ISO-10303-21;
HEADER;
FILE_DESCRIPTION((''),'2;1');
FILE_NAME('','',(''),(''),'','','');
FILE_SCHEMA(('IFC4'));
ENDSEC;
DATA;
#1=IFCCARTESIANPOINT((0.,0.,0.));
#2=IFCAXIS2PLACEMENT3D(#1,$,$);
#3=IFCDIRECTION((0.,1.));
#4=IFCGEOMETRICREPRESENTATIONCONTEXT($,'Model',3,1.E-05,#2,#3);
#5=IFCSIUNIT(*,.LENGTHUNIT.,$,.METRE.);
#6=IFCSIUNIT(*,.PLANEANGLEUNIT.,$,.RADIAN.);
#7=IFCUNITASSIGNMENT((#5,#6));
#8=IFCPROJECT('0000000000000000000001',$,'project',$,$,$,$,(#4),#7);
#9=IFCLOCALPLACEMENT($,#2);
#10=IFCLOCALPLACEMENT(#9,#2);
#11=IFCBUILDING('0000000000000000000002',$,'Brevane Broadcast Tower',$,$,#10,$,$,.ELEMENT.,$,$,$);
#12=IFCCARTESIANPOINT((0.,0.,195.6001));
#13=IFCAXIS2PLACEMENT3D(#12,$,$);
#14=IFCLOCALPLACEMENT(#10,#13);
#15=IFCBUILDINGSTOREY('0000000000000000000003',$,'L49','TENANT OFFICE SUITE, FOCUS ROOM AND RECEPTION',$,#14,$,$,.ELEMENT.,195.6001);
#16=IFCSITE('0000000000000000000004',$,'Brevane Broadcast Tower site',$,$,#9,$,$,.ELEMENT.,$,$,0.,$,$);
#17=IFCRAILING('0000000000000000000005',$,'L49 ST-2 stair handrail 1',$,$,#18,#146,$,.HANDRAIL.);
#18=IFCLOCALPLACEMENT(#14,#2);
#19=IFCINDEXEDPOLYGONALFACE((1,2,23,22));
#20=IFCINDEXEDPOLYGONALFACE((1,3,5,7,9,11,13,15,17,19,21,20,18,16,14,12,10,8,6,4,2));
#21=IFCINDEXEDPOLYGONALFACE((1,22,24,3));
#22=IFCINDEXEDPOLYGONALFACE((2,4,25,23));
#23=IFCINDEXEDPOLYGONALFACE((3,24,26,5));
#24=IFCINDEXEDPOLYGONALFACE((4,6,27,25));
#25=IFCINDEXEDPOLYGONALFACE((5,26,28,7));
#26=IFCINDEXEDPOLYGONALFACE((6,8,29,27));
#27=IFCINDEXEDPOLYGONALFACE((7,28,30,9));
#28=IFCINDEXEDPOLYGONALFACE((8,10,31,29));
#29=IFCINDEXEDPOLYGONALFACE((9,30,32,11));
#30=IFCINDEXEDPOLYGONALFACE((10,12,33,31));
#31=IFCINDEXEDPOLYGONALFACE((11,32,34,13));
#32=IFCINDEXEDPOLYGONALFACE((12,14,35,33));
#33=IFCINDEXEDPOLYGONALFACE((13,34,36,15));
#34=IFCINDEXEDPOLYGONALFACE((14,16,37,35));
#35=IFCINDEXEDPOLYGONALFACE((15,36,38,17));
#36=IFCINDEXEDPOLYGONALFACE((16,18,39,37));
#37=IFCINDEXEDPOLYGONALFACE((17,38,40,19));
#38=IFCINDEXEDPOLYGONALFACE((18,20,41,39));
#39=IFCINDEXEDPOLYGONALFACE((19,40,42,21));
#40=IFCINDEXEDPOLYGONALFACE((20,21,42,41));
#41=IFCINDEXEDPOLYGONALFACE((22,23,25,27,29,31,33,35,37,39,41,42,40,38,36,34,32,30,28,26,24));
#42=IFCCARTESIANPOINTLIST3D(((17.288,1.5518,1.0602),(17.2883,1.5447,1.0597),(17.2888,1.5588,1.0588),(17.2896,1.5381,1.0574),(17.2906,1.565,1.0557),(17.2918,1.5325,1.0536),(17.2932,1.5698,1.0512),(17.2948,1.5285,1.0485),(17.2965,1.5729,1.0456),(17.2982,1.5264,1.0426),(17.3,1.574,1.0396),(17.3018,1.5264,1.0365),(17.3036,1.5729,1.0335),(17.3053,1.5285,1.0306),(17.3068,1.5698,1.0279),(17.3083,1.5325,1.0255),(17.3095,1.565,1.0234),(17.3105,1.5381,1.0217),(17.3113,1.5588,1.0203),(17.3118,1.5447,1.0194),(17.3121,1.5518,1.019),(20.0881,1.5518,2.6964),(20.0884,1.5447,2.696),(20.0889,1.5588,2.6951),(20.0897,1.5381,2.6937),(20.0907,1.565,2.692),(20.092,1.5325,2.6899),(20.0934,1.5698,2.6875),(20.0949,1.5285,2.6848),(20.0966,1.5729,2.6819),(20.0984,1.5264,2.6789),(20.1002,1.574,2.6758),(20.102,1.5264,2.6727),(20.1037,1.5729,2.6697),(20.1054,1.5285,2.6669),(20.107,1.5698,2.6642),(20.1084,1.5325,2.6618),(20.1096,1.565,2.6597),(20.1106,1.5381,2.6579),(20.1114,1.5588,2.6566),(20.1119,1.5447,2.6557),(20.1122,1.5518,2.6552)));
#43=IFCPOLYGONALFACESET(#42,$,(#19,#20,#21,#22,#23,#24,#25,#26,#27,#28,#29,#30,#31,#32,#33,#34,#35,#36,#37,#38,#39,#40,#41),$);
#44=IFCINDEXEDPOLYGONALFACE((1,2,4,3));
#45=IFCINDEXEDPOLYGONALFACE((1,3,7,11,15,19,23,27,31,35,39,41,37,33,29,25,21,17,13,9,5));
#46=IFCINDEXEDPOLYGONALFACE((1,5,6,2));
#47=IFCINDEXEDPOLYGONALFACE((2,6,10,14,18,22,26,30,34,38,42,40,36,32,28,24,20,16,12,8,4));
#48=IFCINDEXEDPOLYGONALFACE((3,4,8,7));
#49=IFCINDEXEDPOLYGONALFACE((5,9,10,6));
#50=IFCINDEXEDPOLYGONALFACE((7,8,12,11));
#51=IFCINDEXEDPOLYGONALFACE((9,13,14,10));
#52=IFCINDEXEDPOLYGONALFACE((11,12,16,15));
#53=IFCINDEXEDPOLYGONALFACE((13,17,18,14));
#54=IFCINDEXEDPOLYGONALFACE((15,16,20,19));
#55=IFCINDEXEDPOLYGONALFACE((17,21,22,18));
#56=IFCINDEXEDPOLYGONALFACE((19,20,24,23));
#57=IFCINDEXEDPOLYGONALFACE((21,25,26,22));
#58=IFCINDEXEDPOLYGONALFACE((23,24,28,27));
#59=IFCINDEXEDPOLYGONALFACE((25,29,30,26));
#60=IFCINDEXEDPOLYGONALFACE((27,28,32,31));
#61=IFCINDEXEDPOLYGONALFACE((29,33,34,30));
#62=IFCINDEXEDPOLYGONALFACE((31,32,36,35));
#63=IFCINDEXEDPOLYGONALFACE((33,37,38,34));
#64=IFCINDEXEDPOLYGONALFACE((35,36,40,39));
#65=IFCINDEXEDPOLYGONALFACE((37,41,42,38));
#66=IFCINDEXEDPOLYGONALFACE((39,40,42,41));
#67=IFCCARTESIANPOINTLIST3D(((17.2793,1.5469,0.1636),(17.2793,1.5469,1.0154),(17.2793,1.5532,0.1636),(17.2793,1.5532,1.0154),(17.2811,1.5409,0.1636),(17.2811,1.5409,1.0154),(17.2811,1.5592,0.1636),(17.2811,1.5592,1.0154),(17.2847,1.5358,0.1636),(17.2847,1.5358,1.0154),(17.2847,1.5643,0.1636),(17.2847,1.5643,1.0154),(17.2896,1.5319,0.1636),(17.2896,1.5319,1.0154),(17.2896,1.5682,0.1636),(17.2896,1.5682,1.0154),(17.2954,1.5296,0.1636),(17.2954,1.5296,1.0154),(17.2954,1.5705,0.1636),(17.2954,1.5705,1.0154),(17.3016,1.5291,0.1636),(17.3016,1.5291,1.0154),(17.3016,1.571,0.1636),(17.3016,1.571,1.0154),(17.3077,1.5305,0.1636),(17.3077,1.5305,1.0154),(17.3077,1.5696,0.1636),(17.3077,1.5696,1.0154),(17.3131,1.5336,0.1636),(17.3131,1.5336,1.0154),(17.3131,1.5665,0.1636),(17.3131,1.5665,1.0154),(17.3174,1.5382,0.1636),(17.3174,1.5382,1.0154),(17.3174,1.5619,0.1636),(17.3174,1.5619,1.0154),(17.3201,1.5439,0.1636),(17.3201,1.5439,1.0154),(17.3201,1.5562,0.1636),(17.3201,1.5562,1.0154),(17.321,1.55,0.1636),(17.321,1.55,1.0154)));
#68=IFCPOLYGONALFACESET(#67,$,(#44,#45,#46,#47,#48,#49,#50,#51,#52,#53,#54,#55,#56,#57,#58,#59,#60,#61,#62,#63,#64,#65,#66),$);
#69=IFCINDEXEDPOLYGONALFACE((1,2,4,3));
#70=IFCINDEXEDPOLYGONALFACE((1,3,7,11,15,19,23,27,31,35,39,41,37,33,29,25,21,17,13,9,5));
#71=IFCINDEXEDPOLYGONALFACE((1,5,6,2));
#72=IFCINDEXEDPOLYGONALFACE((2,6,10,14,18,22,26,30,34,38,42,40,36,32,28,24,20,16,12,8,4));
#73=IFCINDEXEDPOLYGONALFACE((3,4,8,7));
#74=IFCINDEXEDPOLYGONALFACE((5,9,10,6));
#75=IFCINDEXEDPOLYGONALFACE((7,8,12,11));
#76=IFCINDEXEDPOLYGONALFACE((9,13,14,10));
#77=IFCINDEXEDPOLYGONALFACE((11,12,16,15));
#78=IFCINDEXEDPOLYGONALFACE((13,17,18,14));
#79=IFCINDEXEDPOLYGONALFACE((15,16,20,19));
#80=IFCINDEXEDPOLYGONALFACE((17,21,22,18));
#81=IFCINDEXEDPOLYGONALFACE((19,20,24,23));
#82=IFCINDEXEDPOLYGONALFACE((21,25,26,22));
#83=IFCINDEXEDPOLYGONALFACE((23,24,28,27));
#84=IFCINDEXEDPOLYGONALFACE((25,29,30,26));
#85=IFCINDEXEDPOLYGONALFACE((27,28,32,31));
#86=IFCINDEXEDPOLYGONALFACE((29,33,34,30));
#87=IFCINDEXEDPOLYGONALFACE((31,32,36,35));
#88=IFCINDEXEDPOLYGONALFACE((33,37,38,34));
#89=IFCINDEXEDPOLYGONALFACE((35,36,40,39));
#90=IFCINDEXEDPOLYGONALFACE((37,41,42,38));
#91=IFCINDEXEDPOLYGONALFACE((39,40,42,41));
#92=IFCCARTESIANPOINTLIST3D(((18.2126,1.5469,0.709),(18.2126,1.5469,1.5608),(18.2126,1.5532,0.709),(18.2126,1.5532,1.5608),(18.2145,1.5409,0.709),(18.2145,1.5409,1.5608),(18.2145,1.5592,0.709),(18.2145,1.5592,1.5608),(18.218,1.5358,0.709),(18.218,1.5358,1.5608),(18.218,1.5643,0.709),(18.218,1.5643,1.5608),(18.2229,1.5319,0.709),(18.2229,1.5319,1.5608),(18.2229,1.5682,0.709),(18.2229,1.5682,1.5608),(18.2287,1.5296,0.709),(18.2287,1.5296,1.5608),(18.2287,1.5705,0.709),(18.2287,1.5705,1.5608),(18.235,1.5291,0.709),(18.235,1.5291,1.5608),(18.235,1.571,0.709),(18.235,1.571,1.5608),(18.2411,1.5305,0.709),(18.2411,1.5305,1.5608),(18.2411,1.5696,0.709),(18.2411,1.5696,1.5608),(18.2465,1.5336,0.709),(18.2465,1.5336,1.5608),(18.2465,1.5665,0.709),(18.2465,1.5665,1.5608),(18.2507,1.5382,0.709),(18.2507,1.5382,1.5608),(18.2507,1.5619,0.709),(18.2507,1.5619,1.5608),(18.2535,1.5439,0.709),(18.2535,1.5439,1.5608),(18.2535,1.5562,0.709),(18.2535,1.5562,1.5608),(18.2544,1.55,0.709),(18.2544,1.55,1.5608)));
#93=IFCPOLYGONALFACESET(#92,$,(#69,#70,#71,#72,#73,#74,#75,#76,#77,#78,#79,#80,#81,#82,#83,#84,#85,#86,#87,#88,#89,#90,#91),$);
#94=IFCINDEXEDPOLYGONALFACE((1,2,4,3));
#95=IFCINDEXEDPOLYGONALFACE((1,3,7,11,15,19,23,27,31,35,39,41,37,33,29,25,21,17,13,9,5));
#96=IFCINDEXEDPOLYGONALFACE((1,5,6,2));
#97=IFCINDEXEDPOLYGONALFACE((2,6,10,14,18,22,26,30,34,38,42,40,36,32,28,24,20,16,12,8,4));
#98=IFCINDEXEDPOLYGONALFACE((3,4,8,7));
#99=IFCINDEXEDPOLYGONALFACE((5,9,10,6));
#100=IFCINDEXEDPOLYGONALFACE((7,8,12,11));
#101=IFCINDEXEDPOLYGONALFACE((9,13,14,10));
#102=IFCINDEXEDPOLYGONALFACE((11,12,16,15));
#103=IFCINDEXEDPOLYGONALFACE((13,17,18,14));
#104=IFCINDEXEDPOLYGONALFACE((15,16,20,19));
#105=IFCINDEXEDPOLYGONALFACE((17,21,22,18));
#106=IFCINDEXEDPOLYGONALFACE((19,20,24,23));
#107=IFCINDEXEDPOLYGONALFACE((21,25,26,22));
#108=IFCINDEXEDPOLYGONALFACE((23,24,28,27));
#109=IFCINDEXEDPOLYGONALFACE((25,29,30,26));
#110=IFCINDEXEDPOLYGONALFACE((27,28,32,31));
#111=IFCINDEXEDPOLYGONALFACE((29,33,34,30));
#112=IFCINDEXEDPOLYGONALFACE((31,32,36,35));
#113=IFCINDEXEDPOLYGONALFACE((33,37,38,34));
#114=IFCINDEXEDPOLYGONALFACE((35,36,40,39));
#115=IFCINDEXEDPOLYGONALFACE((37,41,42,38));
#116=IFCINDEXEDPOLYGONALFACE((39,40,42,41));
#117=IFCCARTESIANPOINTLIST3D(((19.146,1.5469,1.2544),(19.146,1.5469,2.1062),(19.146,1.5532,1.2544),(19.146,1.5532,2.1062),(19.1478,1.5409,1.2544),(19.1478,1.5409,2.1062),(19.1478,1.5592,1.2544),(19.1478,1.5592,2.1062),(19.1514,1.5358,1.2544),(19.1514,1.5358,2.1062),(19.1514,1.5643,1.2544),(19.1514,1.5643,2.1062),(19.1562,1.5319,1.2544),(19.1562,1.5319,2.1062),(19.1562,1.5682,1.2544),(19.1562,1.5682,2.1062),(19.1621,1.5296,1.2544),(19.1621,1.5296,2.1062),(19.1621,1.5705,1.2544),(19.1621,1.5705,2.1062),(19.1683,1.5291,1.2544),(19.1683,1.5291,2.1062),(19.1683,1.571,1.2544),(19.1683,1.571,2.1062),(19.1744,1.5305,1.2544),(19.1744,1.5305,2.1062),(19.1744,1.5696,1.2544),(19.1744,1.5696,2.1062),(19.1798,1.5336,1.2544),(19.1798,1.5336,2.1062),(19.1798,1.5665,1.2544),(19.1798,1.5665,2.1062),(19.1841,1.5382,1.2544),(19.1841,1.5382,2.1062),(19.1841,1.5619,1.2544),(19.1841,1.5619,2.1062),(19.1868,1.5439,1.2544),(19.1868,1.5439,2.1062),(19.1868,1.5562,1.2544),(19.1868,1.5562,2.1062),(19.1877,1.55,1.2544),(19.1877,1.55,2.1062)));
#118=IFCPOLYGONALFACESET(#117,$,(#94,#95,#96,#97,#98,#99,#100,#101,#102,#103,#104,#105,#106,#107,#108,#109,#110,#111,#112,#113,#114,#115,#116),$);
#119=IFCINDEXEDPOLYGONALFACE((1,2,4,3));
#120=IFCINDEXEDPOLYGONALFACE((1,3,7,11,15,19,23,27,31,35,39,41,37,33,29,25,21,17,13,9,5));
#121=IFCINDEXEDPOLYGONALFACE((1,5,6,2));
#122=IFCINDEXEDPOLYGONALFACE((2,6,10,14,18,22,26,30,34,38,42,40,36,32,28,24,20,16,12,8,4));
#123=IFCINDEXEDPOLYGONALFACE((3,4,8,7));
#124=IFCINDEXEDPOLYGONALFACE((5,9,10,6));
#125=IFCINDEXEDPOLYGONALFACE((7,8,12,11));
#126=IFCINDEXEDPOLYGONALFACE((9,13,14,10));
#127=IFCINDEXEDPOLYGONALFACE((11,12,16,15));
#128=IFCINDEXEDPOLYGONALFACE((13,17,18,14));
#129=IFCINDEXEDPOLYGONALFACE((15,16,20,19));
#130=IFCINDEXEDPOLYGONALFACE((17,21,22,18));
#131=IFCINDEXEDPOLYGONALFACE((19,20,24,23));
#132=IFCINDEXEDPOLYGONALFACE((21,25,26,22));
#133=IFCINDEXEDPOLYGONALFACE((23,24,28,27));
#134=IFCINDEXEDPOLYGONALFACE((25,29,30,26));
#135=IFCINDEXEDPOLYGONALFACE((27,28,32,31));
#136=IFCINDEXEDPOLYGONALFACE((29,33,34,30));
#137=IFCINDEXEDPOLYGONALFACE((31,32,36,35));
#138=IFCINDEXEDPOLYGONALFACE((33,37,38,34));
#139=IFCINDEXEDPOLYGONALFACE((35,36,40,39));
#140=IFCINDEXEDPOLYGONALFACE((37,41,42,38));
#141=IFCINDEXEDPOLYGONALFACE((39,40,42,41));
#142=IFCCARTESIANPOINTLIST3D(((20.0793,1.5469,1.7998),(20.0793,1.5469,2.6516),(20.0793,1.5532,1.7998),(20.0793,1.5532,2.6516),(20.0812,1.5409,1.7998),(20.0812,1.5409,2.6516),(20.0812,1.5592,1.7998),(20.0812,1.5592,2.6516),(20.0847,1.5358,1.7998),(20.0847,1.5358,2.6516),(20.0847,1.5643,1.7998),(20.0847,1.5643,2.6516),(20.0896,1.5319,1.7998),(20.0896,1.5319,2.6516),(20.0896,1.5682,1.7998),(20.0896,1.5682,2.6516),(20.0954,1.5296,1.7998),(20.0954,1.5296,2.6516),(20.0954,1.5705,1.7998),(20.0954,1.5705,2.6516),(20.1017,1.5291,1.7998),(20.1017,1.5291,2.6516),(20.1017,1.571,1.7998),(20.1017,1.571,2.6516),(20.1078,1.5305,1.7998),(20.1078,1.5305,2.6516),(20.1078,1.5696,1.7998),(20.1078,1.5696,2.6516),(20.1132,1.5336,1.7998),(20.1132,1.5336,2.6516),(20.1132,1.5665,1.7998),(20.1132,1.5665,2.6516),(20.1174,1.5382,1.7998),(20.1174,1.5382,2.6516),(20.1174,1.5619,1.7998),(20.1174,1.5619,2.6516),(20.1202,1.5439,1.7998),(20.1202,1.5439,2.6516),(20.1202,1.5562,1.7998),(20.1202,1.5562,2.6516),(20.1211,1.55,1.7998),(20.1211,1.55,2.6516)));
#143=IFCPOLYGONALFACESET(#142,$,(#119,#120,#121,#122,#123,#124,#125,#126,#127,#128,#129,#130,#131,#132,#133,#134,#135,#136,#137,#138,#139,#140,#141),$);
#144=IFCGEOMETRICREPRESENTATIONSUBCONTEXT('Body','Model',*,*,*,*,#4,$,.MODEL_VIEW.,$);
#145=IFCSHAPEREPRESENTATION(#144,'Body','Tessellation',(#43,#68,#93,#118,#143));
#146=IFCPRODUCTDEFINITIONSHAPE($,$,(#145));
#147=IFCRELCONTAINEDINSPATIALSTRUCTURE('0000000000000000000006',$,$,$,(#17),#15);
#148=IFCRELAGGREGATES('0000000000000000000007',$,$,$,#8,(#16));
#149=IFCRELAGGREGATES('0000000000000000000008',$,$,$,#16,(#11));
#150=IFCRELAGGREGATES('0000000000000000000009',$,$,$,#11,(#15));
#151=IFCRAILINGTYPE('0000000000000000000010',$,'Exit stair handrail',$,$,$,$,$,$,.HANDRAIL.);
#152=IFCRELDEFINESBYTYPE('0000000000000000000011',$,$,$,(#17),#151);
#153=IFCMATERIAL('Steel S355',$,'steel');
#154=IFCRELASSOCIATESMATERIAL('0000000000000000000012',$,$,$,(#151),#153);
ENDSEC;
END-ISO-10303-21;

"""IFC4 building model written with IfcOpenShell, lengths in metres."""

from ifc_helpers import new_model, si_unit, direction, frame, origin, origin_2d, place, context, subcontext, project, spatial, circle, extrude, material, type_object, element, save


model = new_model("IFC4")

# Units and contexts
model_context = context("Model", 3, precision=1e-05, world=origin(), true_north=direction((0.0, 1.0)))
body_context = subcontext(model_context, "Body", "Model", "MODEL_VIEW")
ifc_project = project(units=[si_unit("LENGTHUNIT", "METRE"), si_unit("PLANEANGLEUNIT", "RADIAN")], contexts=[model_context])

# Site, building, storey
site_placement = place(None, origin())
site = spatial("IfcSite", under=ifc_project, at=site_placement, Name="Brevane Broadcast Tower site", CompositionType="ELEMENT", RefElevation=0.0)
building_placement = place(site_placement, origin())
building = spatial("IfcBuilding", under=site, at=building_placement, Name="Brevane Broadcast Tower", CompositionType="ELEMENT")
storey_placement = place(building_placement, frame((0.0, 0.0, 195.6001)))
storey = spatial("IfcBuildingStorey", under=building, at=storey_placement, Name="L49", Description="TENANT OFFICE SUITE, FOCUS ROOM AND RECEPTION", CompositionType="ELEMENT", Elevation=195.6001)

# Railing
ifc_material_1 = material(Name="Steel S355", Category="steel")
railing_type_1 = type_object("IfcRailingType", Name="Exit stair handrail", PredefinedType="HANDRAIL", material=ifc_material_1)
railing_1_placement = place(storey_placement, frame((17.3, 1.55, 0.1636)))
element("IfcRailing", 1, at=railing_1_placement, inside=storey, type_object=railing_type_1, Name="L49 ST-2 stair handrail 1", PredefinedType="HANDRAIL", context=body_context, shape_type="SweptSolid", body=[
    extrude(circle(Radius=0.0239, at=origin_2d()), frame((0.0, 0.0, 0.876), z_axis=(0.863394, 0.0, 0.504531), x_axis=(0.0, 1.0, 0.0)), (0.0, 0.0, 1.0), 3.2432),
    extrude(circle(Radius=0.021, at=origin_2d()), origin(), (0.0, 0.0, 1.0), 0.8518),
    extrude(circle(Radius=0.021, at=origin_2d()), frame((0.9333, 0.0, 0.5454)), (0.0, 0.0, 1.0), 0.8518),
    extrude(circle(Radius=0.021, at=origin_2d()), frame((1.8667, 0.0, 1.0908)), (0.0, 0.0, 1.0), 0.8518),
    extrude(circle(Radius=0.021, at=origin_2d()), frame((2.8, 0.0, 1.6362)), (0.0, 0.0, 1.0), 0.8518),
])

save(model, "model.ifc")
